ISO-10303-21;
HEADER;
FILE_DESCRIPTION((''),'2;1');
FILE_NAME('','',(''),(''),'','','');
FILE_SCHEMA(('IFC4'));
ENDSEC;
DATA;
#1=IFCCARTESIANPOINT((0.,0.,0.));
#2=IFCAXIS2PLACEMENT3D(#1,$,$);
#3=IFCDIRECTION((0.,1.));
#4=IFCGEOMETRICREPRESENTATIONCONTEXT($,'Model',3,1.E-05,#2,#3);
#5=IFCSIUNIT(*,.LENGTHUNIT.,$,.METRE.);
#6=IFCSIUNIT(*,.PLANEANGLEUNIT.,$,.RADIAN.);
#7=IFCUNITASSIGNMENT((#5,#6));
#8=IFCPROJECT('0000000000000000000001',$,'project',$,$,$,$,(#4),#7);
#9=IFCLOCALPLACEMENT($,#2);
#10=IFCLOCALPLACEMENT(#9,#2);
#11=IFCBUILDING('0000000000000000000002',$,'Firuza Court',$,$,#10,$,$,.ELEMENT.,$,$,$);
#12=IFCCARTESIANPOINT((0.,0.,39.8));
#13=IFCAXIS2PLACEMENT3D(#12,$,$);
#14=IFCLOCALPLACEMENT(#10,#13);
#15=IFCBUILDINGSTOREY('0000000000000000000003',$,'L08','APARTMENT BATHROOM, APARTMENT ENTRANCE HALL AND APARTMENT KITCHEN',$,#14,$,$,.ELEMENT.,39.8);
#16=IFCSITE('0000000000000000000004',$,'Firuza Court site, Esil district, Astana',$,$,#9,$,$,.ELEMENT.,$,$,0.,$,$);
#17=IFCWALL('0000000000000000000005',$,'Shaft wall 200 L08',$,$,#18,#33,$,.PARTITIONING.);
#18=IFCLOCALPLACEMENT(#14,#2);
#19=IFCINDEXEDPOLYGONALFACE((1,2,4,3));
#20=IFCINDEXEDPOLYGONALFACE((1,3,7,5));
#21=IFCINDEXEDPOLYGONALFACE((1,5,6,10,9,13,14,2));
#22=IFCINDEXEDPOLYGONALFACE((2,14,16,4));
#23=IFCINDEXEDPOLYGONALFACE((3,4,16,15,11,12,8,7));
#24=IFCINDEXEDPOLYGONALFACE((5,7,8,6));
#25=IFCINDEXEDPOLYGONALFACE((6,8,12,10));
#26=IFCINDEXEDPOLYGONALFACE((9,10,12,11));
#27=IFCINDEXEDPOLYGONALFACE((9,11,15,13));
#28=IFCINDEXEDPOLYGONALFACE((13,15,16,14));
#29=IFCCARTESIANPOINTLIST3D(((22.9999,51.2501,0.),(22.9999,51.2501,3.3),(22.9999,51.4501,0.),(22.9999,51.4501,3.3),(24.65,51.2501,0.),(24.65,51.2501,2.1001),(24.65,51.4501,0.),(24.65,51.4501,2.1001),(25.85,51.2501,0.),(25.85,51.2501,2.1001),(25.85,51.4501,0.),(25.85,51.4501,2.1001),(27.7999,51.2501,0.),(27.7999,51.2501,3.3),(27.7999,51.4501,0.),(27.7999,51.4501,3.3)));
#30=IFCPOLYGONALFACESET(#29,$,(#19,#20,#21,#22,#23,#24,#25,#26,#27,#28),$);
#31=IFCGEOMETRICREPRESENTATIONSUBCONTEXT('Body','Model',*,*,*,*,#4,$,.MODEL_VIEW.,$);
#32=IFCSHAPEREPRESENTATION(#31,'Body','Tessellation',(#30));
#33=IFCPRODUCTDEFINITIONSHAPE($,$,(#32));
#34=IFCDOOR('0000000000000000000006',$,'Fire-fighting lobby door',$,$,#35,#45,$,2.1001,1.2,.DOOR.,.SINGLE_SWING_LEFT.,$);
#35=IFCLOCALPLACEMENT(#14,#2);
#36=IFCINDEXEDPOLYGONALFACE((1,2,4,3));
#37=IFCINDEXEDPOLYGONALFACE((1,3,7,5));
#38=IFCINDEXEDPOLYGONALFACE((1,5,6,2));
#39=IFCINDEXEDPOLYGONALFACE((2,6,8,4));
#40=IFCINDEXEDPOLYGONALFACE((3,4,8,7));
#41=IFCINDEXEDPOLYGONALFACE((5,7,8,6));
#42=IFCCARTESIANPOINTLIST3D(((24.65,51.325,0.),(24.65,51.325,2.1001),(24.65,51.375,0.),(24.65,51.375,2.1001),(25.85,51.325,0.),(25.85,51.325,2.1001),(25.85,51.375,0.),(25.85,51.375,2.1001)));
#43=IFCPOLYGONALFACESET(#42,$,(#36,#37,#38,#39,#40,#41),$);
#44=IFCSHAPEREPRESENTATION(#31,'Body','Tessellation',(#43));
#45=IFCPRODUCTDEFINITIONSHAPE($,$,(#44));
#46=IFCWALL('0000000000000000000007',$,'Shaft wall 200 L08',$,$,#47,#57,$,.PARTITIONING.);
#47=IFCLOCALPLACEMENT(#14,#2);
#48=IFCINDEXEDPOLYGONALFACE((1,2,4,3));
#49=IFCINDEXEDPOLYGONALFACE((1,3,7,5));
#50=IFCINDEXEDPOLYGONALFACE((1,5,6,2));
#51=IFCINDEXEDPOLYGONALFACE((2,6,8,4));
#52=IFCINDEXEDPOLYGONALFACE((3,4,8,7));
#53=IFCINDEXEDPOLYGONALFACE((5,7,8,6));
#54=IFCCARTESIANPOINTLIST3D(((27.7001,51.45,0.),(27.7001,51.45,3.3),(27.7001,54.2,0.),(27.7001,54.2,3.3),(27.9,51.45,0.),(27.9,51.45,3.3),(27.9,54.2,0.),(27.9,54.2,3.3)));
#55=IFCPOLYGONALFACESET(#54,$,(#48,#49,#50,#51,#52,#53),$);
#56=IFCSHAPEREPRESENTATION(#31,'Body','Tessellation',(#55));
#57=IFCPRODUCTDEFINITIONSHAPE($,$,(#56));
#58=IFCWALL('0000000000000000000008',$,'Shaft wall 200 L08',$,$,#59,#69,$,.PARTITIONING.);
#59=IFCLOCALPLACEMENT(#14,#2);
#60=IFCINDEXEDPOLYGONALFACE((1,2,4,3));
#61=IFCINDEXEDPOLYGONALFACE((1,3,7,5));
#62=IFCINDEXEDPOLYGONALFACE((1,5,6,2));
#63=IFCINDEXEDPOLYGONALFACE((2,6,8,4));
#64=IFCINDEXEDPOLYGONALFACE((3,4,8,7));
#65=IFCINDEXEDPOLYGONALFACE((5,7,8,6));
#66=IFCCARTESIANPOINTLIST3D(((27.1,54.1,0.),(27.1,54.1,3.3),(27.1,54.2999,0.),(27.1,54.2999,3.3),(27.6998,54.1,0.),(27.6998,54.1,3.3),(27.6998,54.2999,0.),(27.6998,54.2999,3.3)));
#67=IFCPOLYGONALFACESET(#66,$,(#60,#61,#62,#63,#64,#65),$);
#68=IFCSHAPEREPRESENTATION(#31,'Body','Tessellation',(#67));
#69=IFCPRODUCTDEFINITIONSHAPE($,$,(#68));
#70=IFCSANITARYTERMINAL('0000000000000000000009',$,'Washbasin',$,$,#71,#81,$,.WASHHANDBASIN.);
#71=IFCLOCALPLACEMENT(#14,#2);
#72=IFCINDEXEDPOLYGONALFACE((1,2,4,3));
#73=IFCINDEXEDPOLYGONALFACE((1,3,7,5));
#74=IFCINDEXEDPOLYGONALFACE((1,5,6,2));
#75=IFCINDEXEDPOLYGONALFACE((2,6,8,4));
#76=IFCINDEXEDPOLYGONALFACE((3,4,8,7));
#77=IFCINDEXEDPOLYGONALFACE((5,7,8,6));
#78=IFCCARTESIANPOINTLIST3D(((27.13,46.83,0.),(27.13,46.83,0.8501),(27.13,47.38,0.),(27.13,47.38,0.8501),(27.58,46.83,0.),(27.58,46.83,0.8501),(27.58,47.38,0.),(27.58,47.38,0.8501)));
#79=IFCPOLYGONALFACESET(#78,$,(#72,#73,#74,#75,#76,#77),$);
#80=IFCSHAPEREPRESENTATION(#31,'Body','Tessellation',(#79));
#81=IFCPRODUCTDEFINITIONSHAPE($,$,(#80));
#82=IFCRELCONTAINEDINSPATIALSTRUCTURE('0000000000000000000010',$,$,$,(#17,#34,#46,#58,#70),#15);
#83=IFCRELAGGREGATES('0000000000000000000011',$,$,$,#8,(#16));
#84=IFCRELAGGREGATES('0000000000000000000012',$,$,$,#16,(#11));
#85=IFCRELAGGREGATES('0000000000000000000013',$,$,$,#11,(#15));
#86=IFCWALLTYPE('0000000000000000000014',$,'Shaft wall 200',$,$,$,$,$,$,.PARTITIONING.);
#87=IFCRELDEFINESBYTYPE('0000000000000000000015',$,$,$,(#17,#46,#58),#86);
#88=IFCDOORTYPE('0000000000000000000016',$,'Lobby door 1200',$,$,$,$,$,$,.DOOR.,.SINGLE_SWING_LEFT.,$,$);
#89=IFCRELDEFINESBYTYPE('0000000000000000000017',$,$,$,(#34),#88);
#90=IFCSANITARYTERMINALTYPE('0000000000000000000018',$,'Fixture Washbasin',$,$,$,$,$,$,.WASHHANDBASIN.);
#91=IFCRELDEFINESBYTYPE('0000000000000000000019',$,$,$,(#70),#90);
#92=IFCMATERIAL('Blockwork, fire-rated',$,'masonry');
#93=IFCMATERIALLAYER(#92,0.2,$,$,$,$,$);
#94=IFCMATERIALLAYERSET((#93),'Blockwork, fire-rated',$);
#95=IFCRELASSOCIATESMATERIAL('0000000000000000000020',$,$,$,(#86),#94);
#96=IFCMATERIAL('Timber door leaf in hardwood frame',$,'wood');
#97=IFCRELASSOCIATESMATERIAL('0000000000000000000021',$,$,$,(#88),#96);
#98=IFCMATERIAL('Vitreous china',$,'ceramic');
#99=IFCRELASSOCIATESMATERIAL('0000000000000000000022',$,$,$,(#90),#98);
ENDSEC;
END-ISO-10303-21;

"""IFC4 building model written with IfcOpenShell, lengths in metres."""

from ifc_helpers import new_model, si_unit, direction, frame, frame_2d, origin, origin_2d, place, context, subcontext, project, spatial, rectangle, extrude, material, layer, layer_set, type_object, element, fill, save


model = new_model("IFC4")

# Units and contexts
model_context = context("Model", 3, precision=1e-05, world=origin(), true_north=direction((0.0, 1.0)))
body_context = subcontext(model_context, "Body", "Model", "MODEL_VIEW")
ifc_project = project(units=[si_unit("LENGTHUNIT", "METRE"), si_unit("PLANEANGLEUNIT", "RADIAN")], contexts=[model_context])

# Site, building, storey
site_placement = place(None, origin())
site = spatial("IfcSite", under=ifc_project, at=site_placement, Name="Firuza Court site, Esil district, Astana", CompositionType="ELEMENT", RefElevation=0.0)
building_placement = place(site_placement, origin())
building = spatial("IfcBuilding", under=site, at=building_placement, Name="Firuza Court", CompositionType="ELEMENT")
storey_placement = place(building_placement, frame((0.0, 0.0, 39.8)))
storey = spatial("IfcBuildingStorey", under=building, at=storey_placement, Name="L08", Description="APARTMENT BATHROOM, APARTMENT ENTRANCE HALL AND APARTMENT KITCHEN", CompositionType="ELEMENT", Elevation=39.8)

# Shared definitions
ifc_material_1 = material(Name="Blockwork, fire-rated", Category="masonry")

# Shared definitions
ifc_layer_1 = layer(ifc_material_1, 0.2)
ifc_layer_set_1 = layer_set([ifc_layer_1], Name="Blockwork, fire-rated")
wall_type_1 = type_object("IfcWallType", Name="Shaft wall 200", PredefinedType="PARTITIONING", material=ifc_layer_set_1)

# Wall, opening, door
wall_1_placement = place(storey_placement, frame((23.0, 51.3501, 0.0), z_axis=(0.0, 0.0, 1.0), x_axis=(1.0, 0.0, 0.0)))
wall_1 = element("IfcWall", 1, at=wall_1_placement, inside=storey, type_object=wall_type_1, Name="Shaft wall 200 L08", PredefinedType="PARTITIONING", context=body_context, shape_type="SweptSolid", body=[
    extrude(rectangle(XDim=4.8, YDim=0.2, at=frame_2d((2.3999, 0.0))), origin(), (0.0, 0.0, 1.0), 3.3),
])
opening_1_placement = place(wall_1_placement, frame((1.6499, 0.0, 0.0)))
opening_1 = element("IfcOpeningElement", 2, at=opening_1_placement, cuts=wall_1, PredefinedType="OPENING", context=body_context, shape_type="SweptSolid", body=[
    extrude(rectangle(XDim=1.2, YDim=2.1001, at=frame_2d((0.6001, 1.05))), frame((0.0, 0.1118, 0.0), z_axis=(0.0, -1.0, 0.0), x_axis=(1.0, 0.0, 0.0)), (0.0, 0.0, 1.0), 0.2239),
])
ifc_material_2 = material(Name="Timber door leaf in hardwood frame", Category="wood")
door_type_1 = type_object("IfcDoorType", Name="Lobby door 1200", OperationType="SINGLE_SWING_LEFT", PredefinedType="DOOR", material=ifc_material_2)
door_1_placement = place(opening_1_placement, origin())
door_1 = element("IfcDoor", 3, at=door_1_placement, inside=storey, type_object=door_type_1, Name="Fire-fighting lobby door", OperationType="SINGLE_SWING_LEFT", OverallHeight=2.1001, OverallWidth=1.2, PredefinedType="DOOR", context=body_context, shape_type="SweptSolid", body=[
    extrude(rectangle(XDim=1.2, YDim=2.1001, at=frame_2d((0.6001, 1.05))), frame((0.0, 0.0249, 0.0), z_axis=(0.0, -1.0, 0.0), x_axis=(1.0, 0.0, 0.0)), (0.0, 0.0, 1.0), 0.05),
])
fill(opening_1, door_1)

# Walls
wall_2_placement = place(storey_placement, frame((27.8, 51.45, 0.0), z_axis=(0.0, 0.0, 1.0), x_axis=(0.0, 1.0, 0.0)))
element("IfcWall", 4, at=wall_2_placement, inside=storey, type_object=wall_type_1, Name="Shaft wall 200 L08", PredefinedType="PARTITIONING", context=body_context, shape_type="SweptSolid", body=[
    extrude(rectangle(XDim=2.75, YDim=0.2, at=frame_2d((1.375, 0.0))), origin(), (0.0, 0.0, 1.0), 3.3),
])
wall_3_placement = place(storey_placement, frame((27.1001, 54.2, 0.0), z_axis=(0.0, 0.0, 1.0), x_axis=(1.0, 0.0, 0.0)))
element("IfcWall", 5, at=wall_3_placement, inside=storey, type_object=wall_type_1, Name="Shaft wall 200 L08", PredefinedType="PARTITIONING", context=body_context, shape_type="SweptSolid", body=[
    extrude(rectangle(XDim=0.5999, YDim=0.2, at=frame_2d((0.2998, 0.0))), origin(), (0.0, 0.0, 1.0), 3.3),
])

# Sanitary terminal
ifc_material_3 = material(Name="Vitreous china", Category="ceramic")
sanitary_terminal_type = type_object("IfcSanitaryTerminalType", Name="Fixture Washbasin", PredefinedType="WASHHANDBASIN", material=ifc_material_3)
sanitary_terminal_placement = place(storey_placement, frame((27.355, 47.105, 0.0), z_axis=(0.0, 0.0, 1.0), x_axis=(1.0, 0.0, 0.0)))
element("IfcSanitaryTerminal", 6, at=sanitary_terminal_placement, inside=storey, type_object=sanitary_terminal_type, Name="Washbasin", PredefinedType="WASHHANDBASIN", context=body_context, shape_type="SweptSolid", body=[
    extrude(rectangle(XDim=0.45, YDim=0.55, at=origin_2d()), origin(), (0.0, 0.0, 1.0), 0.8501),
])

save(model, "model.ifc")
